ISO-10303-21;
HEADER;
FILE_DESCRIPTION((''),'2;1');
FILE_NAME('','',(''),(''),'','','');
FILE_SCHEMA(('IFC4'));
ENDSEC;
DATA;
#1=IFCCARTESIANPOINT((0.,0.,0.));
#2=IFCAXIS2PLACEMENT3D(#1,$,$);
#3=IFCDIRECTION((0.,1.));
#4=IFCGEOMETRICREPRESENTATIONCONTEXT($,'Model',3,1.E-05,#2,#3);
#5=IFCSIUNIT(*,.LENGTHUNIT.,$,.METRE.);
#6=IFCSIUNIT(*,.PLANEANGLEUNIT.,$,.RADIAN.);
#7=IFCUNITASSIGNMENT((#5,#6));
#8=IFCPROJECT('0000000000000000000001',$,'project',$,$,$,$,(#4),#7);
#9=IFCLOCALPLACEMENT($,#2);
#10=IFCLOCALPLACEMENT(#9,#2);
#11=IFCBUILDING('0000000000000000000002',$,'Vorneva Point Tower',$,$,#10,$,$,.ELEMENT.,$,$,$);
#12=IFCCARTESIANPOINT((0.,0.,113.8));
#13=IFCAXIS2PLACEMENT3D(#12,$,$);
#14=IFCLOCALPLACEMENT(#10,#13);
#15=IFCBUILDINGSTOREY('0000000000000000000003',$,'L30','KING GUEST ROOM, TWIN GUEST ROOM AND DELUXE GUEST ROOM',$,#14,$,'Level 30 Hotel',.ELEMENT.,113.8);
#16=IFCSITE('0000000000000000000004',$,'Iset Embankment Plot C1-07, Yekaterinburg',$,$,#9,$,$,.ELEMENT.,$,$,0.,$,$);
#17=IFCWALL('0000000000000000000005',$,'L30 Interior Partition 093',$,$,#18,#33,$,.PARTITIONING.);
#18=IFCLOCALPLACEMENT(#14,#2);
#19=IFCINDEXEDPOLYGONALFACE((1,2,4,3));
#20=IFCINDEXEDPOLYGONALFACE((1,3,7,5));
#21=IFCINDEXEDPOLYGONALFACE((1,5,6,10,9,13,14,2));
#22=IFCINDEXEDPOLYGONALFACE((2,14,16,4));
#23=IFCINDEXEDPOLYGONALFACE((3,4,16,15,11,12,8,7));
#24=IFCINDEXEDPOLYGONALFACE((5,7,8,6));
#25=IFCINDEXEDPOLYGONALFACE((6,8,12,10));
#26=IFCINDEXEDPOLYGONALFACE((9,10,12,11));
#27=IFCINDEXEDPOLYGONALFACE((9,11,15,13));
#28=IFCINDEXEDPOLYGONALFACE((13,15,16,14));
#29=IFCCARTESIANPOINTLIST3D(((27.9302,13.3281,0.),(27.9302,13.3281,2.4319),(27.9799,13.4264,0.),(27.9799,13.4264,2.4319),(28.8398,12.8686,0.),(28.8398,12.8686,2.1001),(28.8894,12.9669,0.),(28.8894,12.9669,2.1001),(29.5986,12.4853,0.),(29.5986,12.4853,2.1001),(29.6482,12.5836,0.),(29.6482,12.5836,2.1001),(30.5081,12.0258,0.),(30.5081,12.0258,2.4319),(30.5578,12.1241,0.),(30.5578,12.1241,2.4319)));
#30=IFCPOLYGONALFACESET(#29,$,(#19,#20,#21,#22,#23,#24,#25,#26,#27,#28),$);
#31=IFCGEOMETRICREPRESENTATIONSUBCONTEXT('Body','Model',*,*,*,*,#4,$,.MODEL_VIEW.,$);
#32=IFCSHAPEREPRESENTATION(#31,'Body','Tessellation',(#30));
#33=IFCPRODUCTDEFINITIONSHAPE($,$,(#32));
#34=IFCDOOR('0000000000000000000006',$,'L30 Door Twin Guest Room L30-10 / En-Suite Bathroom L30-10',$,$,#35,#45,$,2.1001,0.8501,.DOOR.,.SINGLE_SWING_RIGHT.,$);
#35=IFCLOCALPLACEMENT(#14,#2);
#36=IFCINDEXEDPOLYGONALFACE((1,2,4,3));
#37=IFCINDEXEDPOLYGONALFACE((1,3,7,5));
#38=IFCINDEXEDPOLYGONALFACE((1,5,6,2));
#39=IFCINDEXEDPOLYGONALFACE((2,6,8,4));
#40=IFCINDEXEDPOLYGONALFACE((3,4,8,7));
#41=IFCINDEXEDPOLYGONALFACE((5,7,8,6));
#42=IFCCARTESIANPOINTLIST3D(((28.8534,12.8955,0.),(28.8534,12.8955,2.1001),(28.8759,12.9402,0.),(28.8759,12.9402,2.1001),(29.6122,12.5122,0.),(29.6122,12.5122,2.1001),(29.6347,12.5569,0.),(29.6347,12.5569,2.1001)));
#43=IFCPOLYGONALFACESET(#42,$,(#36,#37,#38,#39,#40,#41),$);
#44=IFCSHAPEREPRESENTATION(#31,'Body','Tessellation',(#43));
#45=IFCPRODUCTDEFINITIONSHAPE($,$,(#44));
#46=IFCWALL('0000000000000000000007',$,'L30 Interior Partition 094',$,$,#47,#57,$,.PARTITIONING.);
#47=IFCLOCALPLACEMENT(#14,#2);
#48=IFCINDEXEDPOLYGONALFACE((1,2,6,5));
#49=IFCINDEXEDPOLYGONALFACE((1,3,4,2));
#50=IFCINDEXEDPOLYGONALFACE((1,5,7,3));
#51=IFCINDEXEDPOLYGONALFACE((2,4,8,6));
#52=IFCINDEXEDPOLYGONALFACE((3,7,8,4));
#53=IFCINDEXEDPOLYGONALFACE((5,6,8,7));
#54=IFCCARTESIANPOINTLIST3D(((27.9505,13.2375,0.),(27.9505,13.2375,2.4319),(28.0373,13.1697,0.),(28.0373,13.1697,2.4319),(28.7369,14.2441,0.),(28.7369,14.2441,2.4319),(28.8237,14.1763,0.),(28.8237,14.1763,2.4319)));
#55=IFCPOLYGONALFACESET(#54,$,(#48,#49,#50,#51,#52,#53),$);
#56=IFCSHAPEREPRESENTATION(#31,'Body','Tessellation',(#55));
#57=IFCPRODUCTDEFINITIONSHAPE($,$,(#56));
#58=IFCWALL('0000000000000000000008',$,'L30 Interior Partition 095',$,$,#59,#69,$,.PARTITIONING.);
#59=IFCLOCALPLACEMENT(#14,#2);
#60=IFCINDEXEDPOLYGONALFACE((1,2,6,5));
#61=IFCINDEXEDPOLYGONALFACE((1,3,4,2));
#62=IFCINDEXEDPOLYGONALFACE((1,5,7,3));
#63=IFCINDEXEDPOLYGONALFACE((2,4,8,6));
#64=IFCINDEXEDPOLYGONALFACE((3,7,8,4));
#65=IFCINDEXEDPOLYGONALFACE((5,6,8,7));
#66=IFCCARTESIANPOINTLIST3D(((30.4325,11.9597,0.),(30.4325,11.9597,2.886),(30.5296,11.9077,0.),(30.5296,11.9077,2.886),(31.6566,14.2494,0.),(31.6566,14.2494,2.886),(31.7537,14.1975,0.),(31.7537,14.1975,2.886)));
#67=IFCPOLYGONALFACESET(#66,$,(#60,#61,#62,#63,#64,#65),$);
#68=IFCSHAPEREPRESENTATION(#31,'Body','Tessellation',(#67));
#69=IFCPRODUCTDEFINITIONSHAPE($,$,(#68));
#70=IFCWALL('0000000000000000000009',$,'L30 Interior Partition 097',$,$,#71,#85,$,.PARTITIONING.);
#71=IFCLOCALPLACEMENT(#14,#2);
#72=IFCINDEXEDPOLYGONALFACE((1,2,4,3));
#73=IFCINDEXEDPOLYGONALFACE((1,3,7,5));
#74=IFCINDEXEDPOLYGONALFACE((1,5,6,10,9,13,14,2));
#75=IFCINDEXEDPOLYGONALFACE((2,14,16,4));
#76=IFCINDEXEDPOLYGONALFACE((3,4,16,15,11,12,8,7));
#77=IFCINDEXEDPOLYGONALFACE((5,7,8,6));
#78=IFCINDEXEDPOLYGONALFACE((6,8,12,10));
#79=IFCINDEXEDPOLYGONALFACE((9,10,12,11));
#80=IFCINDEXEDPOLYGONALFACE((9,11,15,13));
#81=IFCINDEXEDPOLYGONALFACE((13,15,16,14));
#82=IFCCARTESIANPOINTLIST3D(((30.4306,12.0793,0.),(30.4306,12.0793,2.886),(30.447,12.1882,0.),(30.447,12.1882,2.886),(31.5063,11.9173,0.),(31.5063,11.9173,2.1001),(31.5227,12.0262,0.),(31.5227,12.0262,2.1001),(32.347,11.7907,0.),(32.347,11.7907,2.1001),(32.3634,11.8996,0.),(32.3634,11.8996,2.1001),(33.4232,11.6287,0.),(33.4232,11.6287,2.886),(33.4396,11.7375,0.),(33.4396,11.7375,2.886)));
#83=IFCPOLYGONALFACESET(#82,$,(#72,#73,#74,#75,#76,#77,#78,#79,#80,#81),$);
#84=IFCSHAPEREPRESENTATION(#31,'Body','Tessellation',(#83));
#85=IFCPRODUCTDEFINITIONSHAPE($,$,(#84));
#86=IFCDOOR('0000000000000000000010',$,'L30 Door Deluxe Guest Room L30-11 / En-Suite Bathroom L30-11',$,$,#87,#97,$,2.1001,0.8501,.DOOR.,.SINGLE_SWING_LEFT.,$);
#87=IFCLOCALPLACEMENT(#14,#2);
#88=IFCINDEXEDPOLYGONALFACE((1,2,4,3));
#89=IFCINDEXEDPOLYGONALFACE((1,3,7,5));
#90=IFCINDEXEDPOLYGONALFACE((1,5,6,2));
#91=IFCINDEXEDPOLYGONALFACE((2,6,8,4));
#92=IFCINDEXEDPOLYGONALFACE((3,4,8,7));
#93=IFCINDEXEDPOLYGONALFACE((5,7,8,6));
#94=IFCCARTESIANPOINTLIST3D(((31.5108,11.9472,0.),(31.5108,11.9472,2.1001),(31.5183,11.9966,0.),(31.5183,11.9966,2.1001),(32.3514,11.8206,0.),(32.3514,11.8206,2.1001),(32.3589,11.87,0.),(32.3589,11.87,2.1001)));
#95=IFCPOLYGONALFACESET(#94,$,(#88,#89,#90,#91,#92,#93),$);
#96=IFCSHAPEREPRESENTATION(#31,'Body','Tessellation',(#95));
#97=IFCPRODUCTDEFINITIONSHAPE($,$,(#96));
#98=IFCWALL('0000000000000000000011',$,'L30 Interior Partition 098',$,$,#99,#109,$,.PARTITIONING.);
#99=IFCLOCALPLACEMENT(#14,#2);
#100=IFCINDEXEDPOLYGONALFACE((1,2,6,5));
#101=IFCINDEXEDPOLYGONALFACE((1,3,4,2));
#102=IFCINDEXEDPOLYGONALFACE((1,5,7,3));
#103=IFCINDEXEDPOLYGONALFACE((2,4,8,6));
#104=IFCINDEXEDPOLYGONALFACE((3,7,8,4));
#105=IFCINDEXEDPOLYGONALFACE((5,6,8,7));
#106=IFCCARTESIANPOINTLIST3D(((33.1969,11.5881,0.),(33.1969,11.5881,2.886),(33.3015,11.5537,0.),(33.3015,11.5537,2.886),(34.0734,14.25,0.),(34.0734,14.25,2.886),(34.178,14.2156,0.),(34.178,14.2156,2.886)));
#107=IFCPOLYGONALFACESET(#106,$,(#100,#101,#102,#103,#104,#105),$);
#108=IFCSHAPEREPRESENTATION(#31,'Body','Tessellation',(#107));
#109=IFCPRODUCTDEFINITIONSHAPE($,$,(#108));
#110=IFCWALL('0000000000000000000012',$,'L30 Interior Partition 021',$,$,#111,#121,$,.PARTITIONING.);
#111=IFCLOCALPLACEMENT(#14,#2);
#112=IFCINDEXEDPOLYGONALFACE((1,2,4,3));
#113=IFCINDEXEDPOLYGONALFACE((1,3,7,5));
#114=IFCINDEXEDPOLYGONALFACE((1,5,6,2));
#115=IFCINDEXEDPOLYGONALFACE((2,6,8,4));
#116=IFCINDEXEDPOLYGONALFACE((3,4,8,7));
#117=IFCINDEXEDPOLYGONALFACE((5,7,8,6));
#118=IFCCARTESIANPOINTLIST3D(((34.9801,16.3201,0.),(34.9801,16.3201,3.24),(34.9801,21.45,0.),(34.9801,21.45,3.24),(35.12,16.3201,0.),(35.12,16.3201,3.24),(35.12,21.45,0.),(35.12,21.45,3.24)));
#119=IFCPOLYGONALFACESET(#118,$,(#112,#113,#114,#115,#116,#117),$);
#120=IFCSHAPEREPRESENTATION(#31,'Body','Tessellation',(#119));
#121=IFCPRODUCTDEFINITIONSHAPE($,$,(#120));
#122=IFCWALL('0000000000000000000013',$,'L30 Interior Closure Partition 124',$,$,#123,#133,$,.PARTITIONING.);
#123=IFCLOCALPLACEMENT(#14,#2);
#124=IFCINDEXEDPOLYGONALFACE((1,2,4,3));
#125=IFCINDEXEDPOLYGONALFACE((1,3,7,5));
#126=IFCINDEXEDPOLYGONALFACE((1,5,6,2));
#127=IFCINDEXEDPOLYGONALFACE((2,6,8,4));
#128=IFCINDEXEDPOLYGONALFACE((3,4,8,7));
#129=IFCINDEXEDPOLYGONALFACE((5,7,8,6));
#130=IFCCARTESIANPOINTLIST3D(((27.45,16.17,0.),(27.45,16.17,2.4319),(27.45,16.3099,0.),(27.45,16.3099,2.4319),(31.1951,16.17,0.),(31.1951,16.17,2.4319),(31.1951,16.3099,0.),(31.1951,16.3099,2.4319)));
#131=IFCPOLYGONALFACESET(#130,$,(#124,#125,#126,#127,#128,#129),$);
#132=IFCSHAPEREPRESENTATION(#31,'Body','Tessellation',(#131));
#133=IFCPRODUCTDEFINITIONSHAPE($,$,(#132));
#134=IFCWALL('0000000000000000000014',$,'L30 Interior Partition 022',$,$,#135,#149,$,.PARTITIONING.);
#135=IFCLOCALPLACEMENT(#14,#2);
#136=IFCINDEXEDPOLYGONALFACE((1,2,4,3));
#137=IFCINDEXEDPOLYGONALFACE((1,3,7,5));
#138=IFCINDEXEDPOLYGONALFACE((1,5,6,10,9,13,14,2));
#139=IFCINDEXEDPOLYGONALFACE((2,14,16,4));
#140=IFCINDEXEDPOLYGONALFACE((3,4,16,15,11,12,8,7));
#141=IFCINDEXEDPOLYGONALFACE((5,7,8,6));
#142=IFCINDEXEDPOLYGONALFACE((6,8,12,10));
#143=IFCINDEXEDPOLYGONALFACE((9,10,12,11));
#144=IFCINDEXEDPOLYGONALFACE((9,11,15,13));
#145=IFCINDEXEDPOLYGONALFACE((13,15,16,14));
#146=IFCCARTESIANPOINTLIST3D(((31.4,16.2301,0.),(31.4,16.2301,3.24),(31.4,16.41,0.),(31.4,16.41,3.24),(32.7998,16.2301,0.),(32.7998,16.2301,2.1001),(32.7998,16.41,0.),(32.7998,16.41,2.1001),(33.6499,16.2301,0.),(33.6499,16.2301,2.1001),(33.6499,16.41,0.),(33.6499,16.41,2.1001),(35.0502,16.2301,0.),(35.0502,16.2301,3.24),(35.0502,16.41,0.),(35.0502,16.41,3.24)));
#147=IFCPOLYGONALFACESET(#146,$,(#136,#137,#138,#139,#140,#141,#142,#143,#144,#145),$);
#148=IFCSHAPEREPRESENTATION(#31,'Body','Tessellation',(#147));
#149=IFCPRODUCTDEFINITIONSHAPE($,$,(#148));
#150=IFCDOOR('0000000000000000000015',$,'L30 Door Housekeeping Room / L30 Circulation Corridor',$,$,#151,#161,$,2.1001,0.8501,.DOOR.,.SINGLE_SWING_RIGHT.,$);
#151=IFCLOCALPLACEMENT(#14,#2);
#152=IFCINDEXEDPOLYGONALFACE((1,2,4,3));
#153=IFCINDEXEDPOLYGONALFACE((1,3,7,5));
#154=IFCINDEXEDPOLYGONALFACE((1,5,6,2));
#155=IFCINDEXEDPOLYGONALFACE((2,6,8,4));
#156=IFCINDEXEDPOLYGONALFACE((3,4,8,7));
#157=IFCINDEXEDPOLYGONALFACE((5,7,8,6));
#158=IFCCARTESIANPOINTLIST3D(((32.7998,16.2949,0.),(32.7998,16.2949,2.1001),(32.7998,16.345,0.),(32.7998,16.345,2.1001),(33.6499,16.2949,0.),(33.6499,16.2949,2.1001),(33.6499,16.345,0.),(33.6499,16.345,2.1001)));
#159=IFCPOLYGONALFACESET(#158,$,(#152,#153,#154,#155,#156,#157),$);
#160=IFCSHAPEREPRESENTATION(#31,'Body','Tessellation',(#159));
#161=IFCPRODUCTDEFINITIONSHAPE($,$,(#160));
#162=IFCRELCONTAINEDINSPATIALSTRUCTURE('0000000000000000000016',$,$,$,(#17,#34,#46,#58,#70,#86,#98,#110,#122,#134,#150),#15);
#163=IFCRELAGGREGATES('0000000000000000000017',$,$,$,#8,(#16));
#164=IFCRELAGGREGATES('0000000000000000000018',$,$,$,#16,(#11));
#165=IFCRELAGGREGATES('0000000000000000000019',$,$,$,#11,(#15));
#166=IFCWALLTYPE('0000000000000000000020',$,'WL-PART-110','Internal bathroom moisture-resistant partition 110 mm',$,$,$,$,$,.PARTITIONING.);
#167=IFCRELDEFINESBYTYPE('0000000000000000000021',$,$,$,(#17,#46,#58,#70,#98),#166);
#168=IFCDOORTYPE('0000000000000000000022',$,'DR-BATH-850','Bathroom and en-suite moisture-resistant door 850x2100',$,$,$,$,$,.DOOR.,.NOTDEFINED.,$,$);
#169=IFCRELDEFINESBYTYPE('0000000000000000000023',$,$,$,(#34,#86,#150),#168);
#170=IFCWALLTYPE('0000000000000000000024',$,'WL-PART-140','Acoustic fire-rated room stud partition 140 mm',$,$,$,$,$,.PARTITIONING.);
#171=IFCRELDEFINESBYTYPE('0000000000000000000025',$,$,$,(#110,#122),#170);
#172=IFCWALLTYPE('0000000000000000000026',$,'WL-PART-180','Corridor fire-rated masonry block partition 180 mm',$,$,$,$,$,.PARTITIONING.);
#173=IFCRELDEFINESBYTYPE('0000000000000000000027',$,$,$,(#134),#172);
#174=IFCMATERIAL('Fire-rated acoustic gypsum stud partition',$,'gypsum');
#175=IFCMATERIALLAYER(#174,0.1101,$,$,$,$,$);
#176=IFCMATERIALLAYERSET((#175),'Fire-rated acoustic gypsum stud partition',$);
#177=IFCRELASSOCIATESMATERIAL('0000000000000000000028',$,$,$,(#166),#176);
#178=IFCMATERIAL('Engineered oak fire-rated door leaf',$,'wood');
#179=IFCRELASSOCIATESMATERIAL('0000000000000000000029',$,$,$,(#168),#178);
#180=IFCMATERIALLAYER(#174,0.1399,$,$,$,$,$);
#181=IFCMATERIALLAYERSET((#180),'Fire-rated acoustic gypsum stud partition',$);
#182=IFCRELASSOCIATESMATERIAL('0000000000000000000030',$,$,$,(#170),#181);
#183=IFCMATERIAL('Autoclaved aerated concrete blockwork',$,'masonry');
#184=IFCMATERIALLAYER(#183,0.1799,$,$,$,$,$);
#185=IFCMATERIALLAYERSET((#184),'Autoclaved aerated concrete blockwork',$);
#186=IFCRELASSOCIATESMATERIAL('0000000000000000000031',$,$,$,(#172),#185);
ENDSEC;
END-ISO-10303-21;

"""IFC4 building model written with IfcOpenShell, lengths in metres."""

from ifc_helpers import new_model, si_unit, direction, frame, frame_2d, origin, place, context, subcontext, project, spatial, rectangle, extrude, material, layer, layer_set, type_object, element, fill, save


model = new_model("IFC4")

# Units and contexts
model_context = context("Model", 3, precision=1e-05, world=origin(), true_north=direction((0.0, 1.0)))
body_context = subcontext(model_context, "Body", "Model", "MODEL_VIEW")
ifc_project = project(units=[si_unit("LENGTHUNIT", "METRE"), si_unit("PLANEANGLEUNIT", "RADIAN")], contexts=[model_context])

# Site, building, storey
site_placement = place(None, origin())
site = spatial("IfcSite", under=ifc_project, at=site_placement, Name="Iset Embankment Plot C1-07, Yekaterinburg", CompositionType="ELEMENT", RefElevation=0.0)
building_placement = place(site_placement, origin())
building = spatial("IfcBuilding", under=site, at=building_placement, Name="Vorneva Point Tower", CompositionType="ELEMENT")
storey_placement = place(building_placement, frame((0.0, 0.0, 113.8)))
storey = spatial("IfcBuildingStorey", under=building, at=storey_placement, Name="L30", Description="KING GUEST ROOM, TWIN GUEST ROOM AND DELUXE GUEST ROOM", LongName="Level 30 Hotel", CompositionType="ELEMENT", Elevation=113.8)

# Wall, opening, door
ifc_material_1 = material(Name="Fire-rated acoustic gypsum stud partition", Category="gypsum")
ifc_layer_1 = layer(ifc_material_1, 0.1101)
ifc_layer_set_1 = layer_set([ifc_layer_1], Name="Fire-rated acoustic gypsum stud partition")
wall_type_1 = type_object("IfcWallType", Name="WL-PART-110", Description="Internal bathroom moisture-resistant partition 110 mm", PredefinedType="PARTITIONING", material=ifc_layer_set_1)
wall_1_placement = place(storey_placement, frame((30.533, 12.075, 0.0), z_axis=(0.0, 0.0, 1.0), x_axis=(-0.892577, 0.450895, 0.0)))
wall_1 = element("IfcWall", 1, at=wall_1_placement, inside=storey, type_object=wall_type_1, Name="L30 Interior Partition 093", PredefinedType="PARTITIONING", context=body_context, shape_type="SweptSolid", body=[
    extrude(rectangle(XDim=2.8882, YDim=0.1101, at=frame_2d((1.4441, 0.0))), origin(), (0.0, 0.0, 1.0), 2.4319),
])
opening_1_placement = place(wall_1_placement, frame((1.019, 0.0, 0.0)))
opening_1 = element("IfcOpeningElement", 2, at=opening_1_placement, cuts=wall_1, PredefinedType="OPENING", context=body_context, shape_type="SweptSolid", body=[
    extrude(rectangle(XDim=0.8501, YDim=2.1001, at=frame_2d((0.425, 1.05))), frame((0.0, 0.0698, 0.0), z_axis=(0.0, -1.0, 0.0), x_axis=(1.0, 0.0, 0.0)), (0.0, 0.0, 1.0), 0.1399),
])
ifc_material_2 = material(Name="Engineered oak fire-rated door leaf", Category="wood")
door_type_1 = type_object("IfcDoorType", Name="DR-BATH-850", Description="Bathroom and en-suite moisture-resistant door 850x2100", OperationType="NOTDEFINED", PredefinedType="DOOR", material=ifc_material_2)
door_1_placement = place(opening_1_placement, origin())
door_1 = element("IfcDoor", 3, at=door_1_placement, inside=storey, type_object=door_type_1, Name="L30 Door Twin Guest Room L30-10 / En-Suite Bathroom L30-10", OperationType="SINGLE_SWING_RIGHT", OverallHeight=2.1001, OverallWidth=0.8501, PredefinedType="DOOR", context=body_context, shape_type="SweptSolid", body=[
    extrude(rectangle(XDim=0.8501, YDim=2.1001, at=frame_2d((0.425, 1.05))), frame((0.0, 0.0249, 0.0), z_axis=(0.0, -1.0, 0.0), x_axis=(1.0, 0.0, 0.0)), (0.0, 0.0, 1.0), 0.05),
])
fill(opening_1, door_1)

# Walls
wall_2_placement = place(storey_placement, frame((27.9939, 13.2036, 0.0), z_axis=(0.0, 0.0, 1.0), x_axis=(0.615633, 0.788033, 0.0)))
element("IfcWall", 4, at=wall_2_placement, inside=storey, type_object=wall_type_1, Name="L30 Interior Partition 094", PredefinedType="PARTITIONING", context=body_context, shape_type="SweptSolid", body=[
    extrude(rectangle(XDim=1.2773, YDim=0.1101, at=frame_2d((0.6387, 0.0))), origin(), (0.0, 0.0, 1.0), 2.4319),
])
wall_3_placement = place(storey_placement, frame((30.481, 11.9336, 0.0), z_axis=(0.0, 0.0, 1.0), x_axis=(0.471457, 0.881889, 0.0)))
element("IfcWall", 5, at=wall_3_placement, inside=storey, type_object=wall_type_1, Name="L30 Interior Partition 095", PredefinedType="PARTITIONING", context=body_context, shape_type="SweptSolid", body=[
    extrude(rectangle(XDim=2.5964, YDim=0.1101, at=frame_2d((1.2983, 0.0))), origin(), (0.0, 0.0, 1.0), 2.886),
])

# Wall, opening, door
wall_4_placement = place(storey_placement, frame((33.4314, 11.6831, 0.0), z_axis=(0.0, 0.0, 1.0), x_axis=(-0.98885, 0.148916, 0.0)))
wall_4 = element("IfcWall", 6, at=wall_4_placement, inside=storey, type_object=wall_type_1, Name="L30 Interior Partition 097", PredefinedType="PARTITIONING", context=body_context, shape_type="SweptSolid", body=[
    extrude(rectangle(XDim=3.0264, YDim=0.1101, at=frame_2d((1.5132, 0.0))), origin(), (0.0, 0.0, 1.0), 2.886),
])
opening_2_placement = place(wall_4_placement, frame((1.0884, 0.0, 0.0)))
opening_2 = element("IfcOpeningElement", 7, at=opening_2_placement, cuts=wall_4, PredefinedType="OPENING", context=body_context, shape_type="SweptSolid", body=[
    extrude(rectangle(XDim=0.8501, YDim=2.1001, at=frame_2d((0.425, 1.05))), frame((0.0, 0.0698, 0.0), z_axis=(0.0, -1.0, 0.0), x_axis=(1.0, 0.0, 0.0)), (0.0, 0.0, 1.0), 0.1399),
])
door_2_placement = place(opening_2_placement, origin())
door_2 = element("IfcDoor", 8, at=door_2_placement, inside=storey, type_object=door_type_1, Name="L30 Door Deluxe Guest Room L30-11 / En-Suite Bathroom L30-11", OperationType="SINGLE_SWING_LEFT", OverallHeight=2.1001, OverallWidth=0.8501, PredefinedType="DOOR", context=body_context, shape_type="SweptSolid", body=[
    extrude(rectangle(XDim=0.8501, YDim=2.1001, at=frame_2d((0.425, 1.05))), frame((0.0, 0.0249, 0.0), z_axis=(0.0, -1.0, 0.0), x_axis=(1.0, 0.0, 0.0)), (0.0, 0.0, 1.0), 0.05),
])
fill(opening_2, door_2)

# Walls
wall_5_placement = place(storey_placement, frame((34.1257, 14.2329, 0.0), z_axis=(0.0, 0.0, 1.0), x_axis=(-0.31275, -0.949836, 0.0)))
element("IfcWall", 9, at=wall_5_placement, inside=storey, type_object=wall_type_1, Name="L30 Interior Partition 098", PredefinedType="PARTITIONING", context=body_context, shape_type="SweptSolid", body=[
    extrude(rectangle(XDim=2.8025, YDim=0.1101, at=frame_2d((1.4014, 0.0))), origin(), (0.0, 0.0, 1.0), 2.886),
])
ifc_layer_2 = layer(ifc_material_1, 0.1399)
ifc_layer_set_2 = layer_set([ifc_layer_2], Name="Fire-rated acoustic gypsum stud partition")
wall_type_2 = type_object("IfcWallType", Name="WL-PART-140", Description="Acoustic fire-rated room stud partition 140 mm", PredefinedType="PARTITIONING", material=ifc_layer_set_2)
wall_6_placement = place(storey_placement, frame((35.05, 16.3201, 0.0), z_axis=(0.0, 0.0, 1.0), x_axis=(0.0, 1.0, 0.0)))
element("IfcWall", 10, at=wall_6_placement, inside=storey, type_object=wall_type_2, Name="L30 Interior Partition 021", PredefinedType="PARTITIONING", context=body_context, shape_type="SweptSolid", body=[
    extrude(rectangle(XDim=5.1299, YDim=0.1399, at=frame_2d((2.5649, 0.0))), origin(), (0.0, 0.0, 1.0), 3.24),
])
wall_7_placement = place(storey_placement, frame((31.1951, 16.24, 0.0), z_axis=(0.0, 0.0, 1.0), x_axis=(-1.0, 0.0, 0.0)))
element("IfcWall", 11, at=wall_7_placement, inside=storey, type_object=wall_type_2, Name="L30 Interior Closure Partition 124", PredefinedType="PARTITIONING", context=body_context, shape_type="SweptSolid", body=[
    extrude(rectangle(XDim=3.7451, YDim=0.1399, at=frame_2d((1.8726, 0.0))), origin(), (0.0, 0.0, 1.0), 2.4319),
])

# Wall, opening, door
ifc_material_3 = material(Name="Autoclaved aerated concrete blockwork", Category="masonry")
ifc_layer_3 = layer(ifc_material_3, 0.1799)
ifc_layer_set_3 = layer_set([ifc_layer_3], Name="Autoclaved aerated concrete blockwork")
wall_type_3 = type_object("IfcWallType", Name="WL-PART-180", Description="Corridor fire-rated masonry block partition 180 mm", PredefinedType="PARTITIONING", material=ifc_layer_set_3)
wall_8_placement = place(storey_placement, frame((31.3999, 16.3201, 0.0), z_axis=(0.0, 0.0, 1.0), x_axis=(1.0, 0.0, 0.0)))
wall_8 = element("IfcWall", 12, at=wall_8_placement, inside=storey, type_object=wall_type_3, Name="L30 Interior Partition 022", PredefinedType="PARTITIONING", context=body_context, shape_type="SweptSolid", body=[
    extrude(rectangle(XDim=3.6501, YDim=0.1799, at=frame_2d((1.8252, 0.0))), origin(), (0.0, 0.0, 1.0), 3.24),
])
opening_3_placement = place(wall_8_placement, frame((1.3999, 0.0, 0.0)))
opening_3 = element("IfcOpeningElement", 13, at=opening_3_placement, cuts=wall_8, PredefinedType="OPENING", context=body_context, shape_type="SweptSolid", body=[
    extrude(rectangle(XDim=0.8501, YDim=2.1001, at=frame_2d((0.425, 1.05))), frame((0.0, 0.105, 0.0), z_axis=(0.0, -1.0, 0.0), x_axis=(1.0, 0.0, 0.0)), (0.0, 0.0, 1.0), 0.2097),
])
door_3_placement = place(opening_3_placement, origin())
door_3 = element("IfcDoor", 14, at=door_3_placement, inside=storey, type_object=door_type_1, Name="L30 Door Housekeeping Room / L30 Circulation Corridor", OperationType="SINGLE_SWING_RIGHT", OverallHeight=2.1001, OverallWidth=0.8501, PredefinedType="DOOR", context=body_context, shape_type="SweptSolid", body=[
    extrude(rectangle(XDim=0.8501, YDim=2.1001, at=frame_2d((0.425, 1.05))), frame((0.0, 0.0249, 0.0), z_axis=(0.0, -1.0, 0.0), x_axis=(1.0, 0.0, 0.0)), (0.0, 0.0, 1.0), 0.05),
])
fill(opening_3, door_3)

save(model, "model.ifc")
